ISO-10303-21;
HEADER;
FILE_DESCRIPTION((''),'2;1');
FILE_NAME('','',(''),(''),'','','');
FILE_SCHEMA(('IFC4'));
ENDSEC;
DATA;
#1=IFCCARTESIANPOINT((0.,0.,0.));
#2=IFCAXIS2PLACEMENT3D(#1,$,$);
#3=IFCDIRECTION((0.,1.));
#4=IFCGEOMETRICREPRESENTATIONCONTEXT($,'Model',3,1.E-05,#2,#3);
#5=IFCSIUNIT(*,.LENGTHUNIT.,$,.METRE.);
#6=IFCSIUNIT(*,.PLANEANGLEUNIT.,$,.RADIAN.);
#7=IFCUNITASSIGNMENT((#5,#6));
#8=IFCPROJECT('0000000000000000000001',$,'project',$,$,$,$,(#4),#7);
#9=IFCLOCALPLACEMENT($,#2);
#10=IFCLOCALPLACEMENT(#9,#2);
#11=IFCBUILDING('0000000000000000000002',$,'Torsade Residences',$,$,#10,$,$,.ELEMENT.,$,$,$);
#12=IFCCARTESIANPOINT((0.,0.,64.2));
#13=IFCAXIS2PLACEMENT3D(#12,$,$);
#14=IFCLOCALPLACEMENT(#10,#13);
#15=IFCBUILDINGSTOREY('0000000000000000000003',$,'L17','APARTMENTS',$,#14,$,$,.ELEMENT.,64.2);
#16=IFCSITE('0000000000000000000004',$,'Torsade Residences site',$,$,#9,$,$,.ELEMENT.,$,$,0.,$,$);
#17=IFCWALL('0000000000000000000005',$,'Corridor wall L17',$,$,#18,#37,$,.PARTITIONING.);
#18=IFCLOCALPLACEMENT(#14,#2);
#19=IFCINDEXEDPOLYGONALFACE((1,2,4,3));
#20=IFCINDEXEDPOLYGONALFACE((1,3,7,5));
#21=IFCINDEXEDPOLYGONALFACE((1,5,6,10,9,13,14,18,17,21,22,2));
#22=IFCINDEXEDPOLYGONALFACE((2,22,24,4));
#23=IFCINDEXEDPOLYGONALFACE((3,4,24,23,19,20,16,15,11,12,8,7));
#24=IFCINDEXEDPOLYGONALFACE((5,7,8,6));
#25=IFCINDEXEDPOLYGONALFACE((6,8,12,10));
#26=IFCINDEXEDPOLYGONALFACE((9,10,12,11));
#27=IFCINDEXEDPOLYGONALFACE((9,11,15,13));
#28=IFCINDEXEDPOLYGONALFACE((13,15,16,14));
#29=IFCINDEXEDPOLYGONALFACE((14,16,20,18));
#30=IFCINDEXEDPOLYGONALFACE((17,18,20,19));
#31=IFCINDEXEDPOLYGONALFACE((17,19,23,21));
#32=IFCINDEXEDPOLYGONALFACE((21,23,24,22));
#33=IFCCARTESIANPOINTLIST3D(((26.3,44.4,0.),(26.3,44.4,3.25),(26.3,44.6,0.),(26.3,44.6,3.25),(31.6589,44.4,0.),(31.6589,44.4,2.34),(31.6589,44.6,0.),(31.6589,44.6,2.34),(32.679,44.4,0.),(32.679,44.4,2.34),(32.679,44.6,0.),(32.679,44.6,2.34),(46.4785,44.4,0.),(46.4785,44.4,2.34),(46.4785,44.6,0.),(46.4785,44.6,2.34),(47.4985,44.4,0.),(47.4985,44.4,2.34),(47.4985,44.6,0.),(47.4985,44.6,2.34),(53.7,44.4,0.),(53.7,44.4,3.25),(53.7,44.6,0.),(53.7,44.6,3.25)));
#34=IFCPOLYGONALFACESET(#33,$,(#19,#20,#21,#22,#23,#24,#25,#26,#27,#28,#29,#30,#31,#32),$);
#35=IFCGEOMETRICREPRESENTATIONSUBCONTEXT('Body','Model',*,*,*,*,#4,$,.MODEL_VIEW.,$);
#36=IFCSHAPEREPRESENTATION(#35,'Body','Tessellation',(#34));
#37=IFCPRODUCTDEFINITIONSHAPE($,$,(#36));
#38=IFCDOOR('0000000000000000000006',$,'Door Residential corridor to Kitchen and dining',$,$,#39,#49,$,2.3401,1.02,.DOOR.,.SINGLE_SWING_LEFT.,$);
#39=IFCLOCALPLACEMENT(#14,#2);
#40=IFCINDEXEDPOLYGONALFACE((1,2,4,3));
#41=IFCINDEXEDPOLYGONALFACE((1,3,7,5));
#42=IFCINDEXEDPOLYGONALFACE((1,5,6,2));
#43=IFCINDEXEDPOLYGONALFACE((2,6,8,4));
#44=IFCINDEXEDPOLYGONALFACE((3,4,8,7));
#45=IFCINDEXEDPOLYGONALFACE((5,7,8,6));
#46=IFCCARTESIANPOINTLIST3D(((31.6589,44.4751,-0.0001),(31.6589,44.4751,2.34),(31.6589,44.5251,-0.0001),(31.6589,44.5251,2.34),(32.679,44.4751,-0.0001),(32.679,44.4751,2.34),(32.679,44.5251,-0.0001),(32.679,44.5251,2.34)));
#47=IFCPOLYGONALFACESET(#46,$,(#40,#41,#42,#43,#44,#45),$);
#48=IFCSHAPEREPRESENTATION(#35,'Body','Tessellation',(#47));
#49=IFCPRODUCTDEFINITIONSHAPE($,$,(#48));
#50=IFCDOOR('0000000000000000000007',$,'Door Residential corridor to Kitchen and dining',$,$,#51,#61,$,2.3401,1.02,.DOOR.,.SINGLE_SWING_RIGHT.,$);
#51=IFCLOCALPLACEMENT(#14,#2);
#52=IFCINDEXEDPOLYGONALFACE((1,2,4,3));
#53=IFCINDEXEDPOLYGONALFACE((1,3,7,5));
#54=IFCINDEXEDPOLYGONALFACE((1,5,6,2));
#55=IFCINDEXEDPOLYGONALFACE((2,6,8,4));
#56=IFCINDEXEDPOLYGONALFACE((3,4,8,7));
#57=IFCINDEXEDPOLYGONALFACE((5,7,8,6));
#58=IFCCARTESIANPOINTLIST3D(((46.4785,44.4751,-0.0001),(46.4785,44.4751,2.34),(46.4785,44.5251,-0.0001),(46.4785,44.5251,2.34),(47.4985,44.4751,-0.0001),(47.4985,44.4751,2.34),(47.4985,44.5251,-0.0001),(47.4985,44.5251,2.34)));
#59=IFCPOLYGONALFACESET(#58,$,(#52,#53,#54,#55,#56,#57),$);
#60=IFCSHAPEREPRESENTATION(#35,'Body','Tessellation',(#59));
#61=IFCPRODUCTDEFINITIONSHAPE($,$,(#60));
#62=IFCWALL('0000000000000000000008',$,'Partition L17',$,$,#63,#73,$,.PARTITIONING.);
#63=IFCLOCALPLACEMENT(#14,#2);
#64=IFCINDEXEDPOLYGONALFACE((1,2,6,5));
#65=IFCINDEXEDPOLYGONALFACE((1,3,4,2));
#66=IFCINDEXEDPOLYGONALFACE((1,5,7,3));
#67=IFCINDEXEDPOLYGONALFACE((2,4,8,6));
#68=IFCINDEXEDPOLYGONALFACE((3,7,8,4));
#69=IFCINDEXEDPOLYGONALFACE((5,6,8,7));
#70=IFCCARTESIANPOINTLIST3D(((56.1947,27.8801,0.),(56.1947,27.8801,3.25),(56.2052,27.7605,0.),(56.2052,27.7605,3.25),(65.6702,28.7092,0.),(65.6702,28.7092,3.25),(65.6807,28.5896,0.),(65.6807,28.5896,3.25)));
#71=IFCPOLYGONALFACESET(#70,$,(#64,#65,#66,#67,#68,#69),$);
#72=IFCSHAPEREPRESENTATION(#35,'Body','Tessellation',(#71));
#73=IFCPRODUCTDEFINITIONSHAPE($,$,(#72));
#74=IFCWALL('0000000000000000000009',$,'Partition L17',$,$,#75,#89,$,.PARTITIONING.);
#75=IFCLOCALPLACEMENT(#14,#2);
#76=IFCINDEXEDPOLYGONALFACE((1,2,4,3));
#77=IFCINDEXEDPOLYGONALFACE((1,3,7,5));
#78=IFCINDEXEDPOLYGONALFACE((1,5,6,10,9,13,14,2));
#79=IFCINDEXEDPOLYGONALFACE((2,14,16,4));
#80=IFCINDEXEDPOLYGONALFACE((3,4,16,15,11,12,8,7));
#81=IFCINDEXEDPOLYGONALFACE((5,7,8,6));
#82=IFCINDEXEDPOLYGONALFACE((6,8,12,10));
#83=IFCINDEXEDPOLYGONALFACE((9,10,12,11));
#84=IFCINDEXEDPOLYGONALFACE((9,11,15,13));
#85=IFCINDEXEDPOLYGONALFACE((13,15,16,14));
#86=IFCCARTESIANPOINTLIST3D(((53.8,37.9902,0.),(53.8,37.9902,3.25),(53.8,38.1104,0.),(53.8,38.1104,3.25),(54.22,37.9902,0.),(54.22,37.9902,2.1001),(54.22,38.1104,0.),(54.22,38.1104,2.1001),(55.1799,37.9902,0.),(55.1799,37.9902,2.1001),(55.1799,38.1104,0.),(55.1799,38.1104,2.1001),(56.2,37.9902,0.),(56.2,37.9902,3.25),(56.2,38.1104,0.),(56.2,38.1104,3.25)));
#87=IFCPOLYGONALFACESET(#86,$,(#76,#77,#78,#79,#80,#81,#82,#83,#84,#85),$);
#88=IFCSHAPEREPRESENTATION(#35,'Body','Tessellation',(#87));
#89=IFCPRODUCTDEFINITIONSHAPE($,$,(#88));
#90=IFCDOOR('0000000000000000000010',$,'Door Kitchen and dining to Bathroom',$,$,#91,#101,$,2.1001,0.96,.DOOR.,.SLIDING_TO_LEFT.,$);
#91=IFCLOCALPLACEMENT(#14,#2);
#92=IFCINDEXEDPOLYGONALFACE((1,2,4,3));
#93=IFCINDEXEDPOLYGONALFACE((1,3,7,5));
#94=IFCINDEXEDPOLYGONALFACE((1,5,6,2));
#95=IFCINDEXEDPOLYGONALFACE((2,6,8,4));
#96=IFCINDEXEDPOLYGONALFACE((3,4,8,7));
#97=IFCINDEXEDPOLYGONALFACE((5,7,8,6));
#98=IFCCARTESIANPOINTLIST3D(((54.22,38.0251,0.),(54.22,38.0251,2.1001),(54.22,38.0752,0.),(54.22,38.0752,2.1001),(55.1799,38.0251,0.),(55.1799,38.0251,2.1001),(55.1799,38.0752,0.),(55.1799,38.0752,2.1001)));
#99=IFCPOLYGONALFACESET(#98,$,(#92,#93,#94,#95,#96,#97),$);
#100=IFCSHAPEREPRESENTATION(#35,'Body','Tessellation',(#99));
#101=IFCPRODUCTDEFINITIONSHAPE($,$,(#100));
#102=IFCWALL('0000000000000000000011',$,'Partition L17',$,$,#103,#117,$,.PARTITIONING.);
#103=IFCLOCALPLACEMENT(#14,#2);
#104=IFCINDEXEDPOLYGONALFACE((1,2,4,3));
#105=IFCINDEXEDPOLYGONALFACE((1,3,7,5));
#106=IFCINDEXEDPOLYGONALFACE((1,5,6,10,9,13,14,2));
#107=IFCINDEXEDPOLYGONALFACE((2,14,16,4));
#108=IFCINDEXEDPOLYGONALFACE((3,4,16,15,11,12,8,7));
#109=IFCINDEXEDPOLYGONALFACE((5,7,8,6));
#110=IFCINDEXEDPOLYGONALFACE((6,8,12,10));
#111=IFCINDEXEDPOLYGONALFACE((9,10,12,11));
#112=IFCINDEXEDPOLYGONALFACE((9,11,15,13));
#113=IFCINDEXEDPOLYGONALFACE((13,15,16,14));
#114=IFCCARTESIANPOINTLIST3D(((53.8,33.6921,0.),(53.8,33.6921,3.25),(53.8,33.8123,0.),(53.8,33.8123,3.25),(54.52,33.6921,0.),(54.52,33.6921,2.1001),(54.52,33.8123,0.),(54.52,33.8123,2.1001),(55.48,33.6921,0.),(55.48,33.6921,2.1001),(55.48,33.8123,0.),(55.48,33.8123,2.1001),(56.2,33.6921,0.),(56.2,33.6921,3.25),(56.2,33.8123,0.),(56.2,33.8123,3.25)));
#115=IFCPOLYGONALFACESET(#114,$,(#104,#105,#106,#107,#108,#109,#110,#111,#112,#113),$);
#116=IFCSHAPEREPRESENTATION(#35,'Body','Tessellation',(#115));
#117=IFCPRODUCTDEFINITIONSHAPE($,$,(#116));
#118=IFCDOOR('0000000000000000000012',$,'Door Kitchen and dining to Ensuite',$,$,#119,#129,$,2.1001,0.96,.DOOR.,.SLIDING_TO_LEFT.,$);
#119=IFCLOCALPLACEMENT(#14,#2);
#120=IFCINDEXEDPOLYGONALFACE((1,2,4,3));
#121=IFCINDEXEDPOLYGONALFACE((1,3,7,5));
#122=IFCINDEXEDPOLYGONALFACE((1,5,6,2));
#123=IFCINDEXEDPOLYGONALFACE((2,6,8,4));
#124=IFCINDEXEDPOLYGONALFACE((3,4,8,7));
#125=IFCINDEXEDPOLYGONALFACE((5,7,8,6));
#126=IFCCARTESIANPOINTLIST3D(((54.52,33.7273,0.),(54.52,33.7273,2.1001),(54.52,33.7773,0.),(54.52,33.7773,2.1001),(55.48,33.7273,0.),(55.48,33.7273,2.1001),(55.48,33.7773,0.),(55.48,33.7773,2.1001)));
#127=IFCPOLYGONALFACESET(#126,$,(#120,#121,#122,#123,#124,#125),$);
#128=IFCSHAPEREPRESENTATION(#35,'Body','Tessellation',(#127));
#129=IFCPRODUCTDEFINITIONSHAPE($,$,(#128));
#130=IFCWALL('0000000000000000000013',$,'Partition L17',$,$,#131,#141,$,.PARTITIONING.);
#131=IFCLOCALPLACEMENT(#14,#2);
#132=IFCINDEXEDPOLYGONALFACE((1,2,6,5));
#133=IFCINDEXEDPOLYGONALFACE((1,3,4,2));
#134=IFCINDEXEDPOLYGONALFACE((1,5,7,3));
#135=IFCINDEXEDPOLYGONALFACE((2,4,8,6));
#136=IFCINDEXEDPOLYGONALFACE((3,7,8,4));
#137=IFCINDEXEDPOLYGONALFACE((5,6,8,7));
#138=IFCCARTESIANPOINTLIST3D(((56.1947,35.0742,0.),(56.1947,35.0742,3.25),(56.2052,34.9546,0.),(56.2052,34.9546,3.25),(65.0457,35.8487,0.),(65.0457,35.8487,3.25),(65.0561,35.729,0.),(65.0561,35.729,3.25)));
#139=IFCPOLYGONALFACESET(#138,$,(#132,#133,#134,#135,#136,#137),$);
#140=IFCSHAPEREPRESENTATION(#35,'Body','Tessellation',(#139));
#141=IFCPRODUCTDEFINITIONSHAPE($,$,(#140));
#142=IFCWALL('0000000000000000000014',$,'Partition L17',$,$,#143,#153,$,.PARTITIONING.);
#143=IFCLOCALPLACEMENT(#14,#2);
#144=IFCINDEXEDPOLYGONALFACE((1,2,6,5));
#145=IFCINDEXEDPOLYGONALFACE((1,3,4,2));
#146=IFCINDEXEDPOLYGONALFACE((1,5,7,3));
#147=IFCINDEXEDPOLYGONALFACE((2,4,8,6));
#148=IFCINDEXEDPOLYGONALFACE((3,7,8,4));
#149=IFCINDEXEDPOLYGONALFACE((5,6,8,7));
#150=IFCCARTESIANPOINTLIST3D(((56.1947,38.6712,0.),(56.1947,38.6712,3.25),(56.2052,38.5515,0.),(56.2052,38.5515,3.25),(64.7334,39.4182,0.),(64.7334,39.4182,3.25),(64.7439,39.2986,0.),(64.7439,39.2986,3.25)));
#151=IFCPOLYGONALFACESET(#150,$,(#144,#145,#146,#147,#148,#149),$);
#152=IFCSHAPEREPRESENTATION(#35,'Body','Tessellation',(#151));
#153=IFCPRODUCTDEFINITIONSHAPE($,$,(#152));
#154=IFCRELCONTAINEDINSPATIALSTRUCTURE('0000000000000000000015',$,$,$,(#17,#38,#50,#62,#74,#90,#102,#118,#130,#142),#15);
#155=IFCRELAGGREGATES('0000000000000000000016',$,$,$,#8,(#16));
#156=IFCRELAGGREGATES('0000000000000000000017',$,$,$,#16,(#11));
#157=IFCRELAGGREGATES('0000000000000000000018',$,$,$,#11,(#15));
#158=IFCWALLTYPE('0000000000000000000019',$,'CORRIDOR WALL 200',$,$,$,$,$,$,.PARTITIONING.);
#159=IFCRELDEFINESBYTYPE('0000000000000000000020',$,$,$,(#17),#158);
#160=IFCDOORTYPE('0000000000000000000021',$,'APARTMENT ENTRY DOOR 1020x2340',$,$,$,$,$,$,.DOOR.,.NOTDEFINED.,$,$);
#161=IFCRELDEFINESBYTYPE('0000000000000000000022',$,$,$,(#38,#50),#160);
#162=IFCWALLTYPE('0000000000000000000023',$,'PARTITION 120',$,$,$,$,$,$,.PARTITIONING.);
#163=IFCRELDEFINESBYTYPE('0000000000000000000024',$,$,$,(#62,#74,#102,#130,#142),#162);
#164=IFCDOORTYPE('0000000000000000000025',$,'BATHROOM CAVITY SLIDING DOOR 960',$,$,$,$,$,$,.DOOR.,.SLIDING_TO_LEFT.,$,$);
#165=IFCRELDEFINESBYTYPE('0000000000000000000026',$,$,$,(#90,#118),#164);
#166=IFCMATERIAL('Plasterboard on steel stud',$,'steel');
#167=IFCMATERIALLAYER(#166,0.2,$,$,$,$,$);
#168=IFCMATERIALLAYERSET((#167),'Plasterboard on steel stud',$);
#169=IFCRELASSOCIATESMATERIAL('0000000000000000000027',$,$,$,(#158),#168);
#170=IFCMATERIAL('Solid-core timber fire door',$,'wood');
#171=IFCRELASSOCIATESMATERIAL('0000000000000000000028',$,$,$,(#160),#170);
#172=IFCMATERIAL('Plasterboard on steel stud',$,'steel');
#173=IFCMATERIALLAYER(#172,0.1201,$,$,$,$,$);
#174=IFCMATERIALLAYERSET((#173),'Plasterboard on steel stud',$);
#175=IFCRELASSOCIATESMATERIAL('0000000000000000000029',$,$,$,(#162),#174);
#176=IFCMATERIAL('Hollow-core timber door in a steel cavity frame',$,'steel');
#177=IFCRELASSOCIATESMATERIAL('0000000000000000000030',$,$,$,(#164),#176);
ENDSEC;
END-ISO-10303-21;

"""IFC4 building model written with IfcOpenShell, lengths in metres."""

from ifc_helpers import new_model, si_unit, direction, frame, frame_2d, origin, place, context, subcontext, project, spatial, rectangle, extrude, material, layer, layer_set, type_object, element, fill, save


model = new_model("IFC4")

# Units and contexts
model_context = context("Model", 3, precision=1e-05, world=origin(), true_north=direction((0.0, 1.0)))
body_context = subcontext(model_context, "Body", "Model", "MODEL_VIEW")
ifc_project = project(units=[si_unit("LENGTHUNIT", "METRE"), si_unit("PLANEANGLEUNIT", "RADIAN")], contexts=[model_context])

# Site, building, storey
site_placement = place(None, origin())
site = spatial("IfcSite", under=ifc_project, at=site_placement, Name="Torsade Residences site", CompositionType="ELEMENT", RefElevation=0.0)
building_placement = place(site_placement, origin())
building = spatial("IfcBuilding", under=site, at=building_placement, Name="Torsade Residences", CompositionType="ELEMENT")
storey_placement = place(building_placement, frame((0.0, 0.0, 64.2)))
storey = spatial("IfcBuildingStorey", under=building, at=storey_placement, Name="L17", Description="APARTMENTS", CompositionType="ELEMENT", Elevation=64.2)

# Wall, openings, doors
ifc_material_1 = material(Name="Plasterboard on steel stud", Category="steel")
ifc_layer_1 = layer(ifc_material_1, 0.2)
ifc_layer_set_1 = layer_set([ifc_layer_1], Name="Plasterboard on steel stud")
wall_type_1 = type_object("IfcWallType", Name="CORRIDOR WALL 200", PredefinedType="PARTITIONING", material=ifc_layer_set_1)
wall_1_placement = place(storey_placement, frame((53.7, 44.5, 0.0), z_axis=(0.0, 0.0, 1.0), x_axis=(-1.0, 0.0, 0.0)))
wall_1 = element("IfcWall", 1, at=wall_1_placement, inside=storey, type_object=wall_type_1, Name="Corridor wall L17", PredefinedType="PARTITIONING", context=body_context, shape_type="SweptSolid", body=[
    extrude(rectangle(XDim=27.3999, YDim=0.2, at=frame_2d((13.7, 0.0))), origin(), (0.0, 0.0, 1.0), 3.25),
])
opening_1_placement = place(wall_1_placement, frame((21.021, 0.0, 0.0)))
opening_1 = element("IfcOpeningElement", 2, at=opening_1_placement, cuts=wall_1, PredefinedType="OPENING", context=body_context, shape_type="SweptSolid", body=[
    extrude(rectangle(XDim=1.02, YDim=2.3401, at=frame_2d((0.51, 1.1699))), frame((0.0, 0.1099, 0.0), z_axis=(0.0, -1.0, 0.0), x_axis=(1.0, 0.0, 0.0)), (0.0, 0.0, 1.0), 0.22),
])
opening_2_placement = place(wall_1_placement, frame((6.2014, 0.0, 0.0)))
opening_2 = element("IfcOpeningElement", 3, at=opening_2_placement, cuts=wall_1, PredefinedType="OPENING", context=body_context, shape_type="SweptSolid", body=[
    extrude(rectangle(XDim=1.02, YDim=2.3401, at=frame_2d((0.51, 1.1699))), frame((0.0, 0.1099, 0.0), z_axis=(0.0, -1.0, 0.0), x_axis=(1.0, 0.0, 0.0)), (0.0, 0.0, 1.0), 0.22),
])
ifc_material_2 = material(Name="Solid-core timber fire door", Category="wood")
door_type_1 = type_object("IfcDoorType", Name="APARTMENT ENTRY DOOR 1020x2340", OperationType="NOTDEFINED", PredefinedType="DOOR", material=ifc_material_2)
door_1_placement = place(opening_1_placement, origin())
door_1 = element("IfcDoor", 4, at=door_1_placement, inside=storey, type_object=door_type_1, Name="Door Residential corridor to Kitchen and dining", OperationType="SINGLE_SWING_LEFT", OverallHeight=2.3401, OverallWidth=1.02, PredefinedType="DOOR", context=body_context, shape_type="SweptSolid", body=[
    extrude(rectangle(XDim=1.02, YDim=2.3401, at=frame_2d((0.51, 1.1699))), frame((0.0, 0.0249, 0.0), z_axis=(0.0, -1.0, 0.0), x_axis=(1.0, 0.0, 0.0)), (0.0, 0.0, 1.0), 0.05),
])
fill(opening_1, door_1)
door_2_placement = place(opening_2_placement, origin())
door_2 = element("IfcDoor", 5, at=door_2_placement, inside=storey, type_object=door_type_1, Name="Door Residential corridor to Kitchen and dining", OperationType="SINGLE_SWING_RIGHT", OverallHeight=2.3401, OverallWidth=1.02, PredefinedType="DOOR", context=body_context, shape_type="SweptSolid", body=[
    extrude(rectangle(XDim=1.02, YDim=2.3401, at=frame_2d((0.51, 1.1699))), frame((0.0, 0.0249, 0.0), z_axis=(0.0, -1.0, 0.0), x_axis=(1.0, 0.0, 0.0)), (0.0, 0.0, 1.0), 0.05),
])
fill(opening_2, door_2)

# Wall
ifc_material_3 = material(Name="Plasterboard on steel stud", Category="steel")
ifc_layer_2 = layer(ifc_material_3, 0.1201)
ifc_layer_set_2 = layer_set([ifc_layer_2], Name="Plasterboard on steel stud")
wall_type_2 = type_object("IfcWallType", Name="PARTITION 120", PredefinedType="PARTITIONING", material=ifc_layer_set_2)
wall_2_placement = place(storey_placement, frame((56.2, 27.8203, 0.0), z_axis=(0.0, 0.0, 1.0), x_axis=(0.996194, 0.087166, 0.0)))
element("IfcWall", 6, at=wall_2_placement, inside=storey, type_object=wall_type_2, Name="Partition L17", PredefinedType="PARTITIONING", context=body_context, shape_type="SweptSolid", body=[
    extrude(rectangle(XDim=9.5117, YDim=0.1201, at=frame_2d((4.7559, 0.0))), origin(), (0.0, 0.0, 1.0), 3.25),
])

# Walls, openings, doors
wall_3_placement = place(storey_placement, frame((53.8, 38.0503, 0.0), z_axis=(0.0, 0.0, 1.0), x_axis=(1.0, 0.0, 0.0)))
wall_3 = element("IfcWall", 7, at=wall_3_placement, inside=storey, type_object=wall_type_2, Name="Partition L17", PredefinedType="PARTITIONING", context=body_context, shape_type="SweptSolid", body=[
    extrude(rectangle(XDim=2.3999, YDim=0.1201, at=frame_2d((1.2, 0.0))), origin(), (0.0, 0.0, 1.0), 3.25),
])
opening_3_placement = place(wall_3_placement, frame((0.4199, 0.0, 0.0)))
opening_3 = element("IfcOpeningElement", 8, at=opening_3_placement, cuts=wall_3, PredefinedType="OPENING", context=body_context, shape_type="SweptSolid", body=[
    extrude(rectangle(XDim=0.96, YDim=2.1001, at=frame_2d((0.48, 1.05))), frame((0.0, 0.0701, 0.0), z_axis=(0.0, -1.0, 0.0), x_axis=(1.0, 0.0, 0.0)), (0.0, 0.0, 1.0), 0.1401),
])
ifc_material_4 = material(Name="Hollow-core timber door in a steel cavity frame", Category="steel")
door_type_2 = type_object("IfcDoorType", Name="BATHROOM CAVITY SLIDING DOOR 960", OperationType="SLIDING_TO_LEFT", PredefinedType="DOOR", material=ifc_material_4)
door_3_placement = place(opening_3_placement, origin())
door_3 = element("IfcDoor", 9, at=door_3_placement, inside=storey, type_object=door_type_2, Name="Door Kitchen and dining to Bathroom", OperationType="SLIDING_TO_LEFT", OverallHeight=2.1001, OverallWidth=0.96, PredefinedType="DOOR", context=body_context, shape_type="SweptSolid", body=[
    extrude(rectangle(XDim=0.96, YDim=2.1001, at=frame_2d((0.48, 1.05))), frame((0.0, 0.0249, 0.0), z_axis=(0.0, -1.0, 0.0), x_axis=(1.0, 0.0, 0.0)), (0.0, 0.0, 1.0), 0.05),
])
fill(opening_3, door_3)
wall_4_placement = place(storey_placement, frame((56.2, 33.7522, 0.0), z_axis=(0.0, 0.0, 1.0), x_axis=(-1.0, 0.0, 0.0)))
wall_4 = element("IfcWall", 10, at=wall_4_placement, inside=storey, type_object=wall_type_2, Name="Partition L17", PredefinedType="PARTITIONING", context=body_context, shape_type="SweptSolid", body=[
    extrude(rectangle(XDim=2.3999, YDim=0.1201, at=frame_2d((1.2, 0.0))), origin(), (0.0, 0.0, 1.0), 3.25),
])
opening_4_placement = place(wall_4_placement, frame((0.72, 0.0, 0.0)))
opening_4 = element("IfcOpeningElement", 11, at=opening_4_placement, cuts=wall_4, PredefinedType="OPENING", context=body_context, shape_type="SweptSolid", body=[
    extrude(rectangle(XDim=0.96, YDim=2.1001, at=frame_2d((0.48, 1.05))), frame((0.0, 0.0701, 0.0), z_axis=(0.0, -1.0, 0.0), x_axis=(1.0, 0.0, 0.0)), (0.0, 0.0, 1.0), 0.1401),
])
door_4_placement = place(opening_4_placement, origin())
door_4 = element("IfcDoor", 12, at=door_4_placement, inside=storey, type_object=door_type_2, Name="Door Kitchen and dining to Ensuite", OperationType="SLIDING_TO_LEFT", OverallHeight=2.1001, OverallWidth=0.96, PredefinedType="DOOR", context=body_context, shape_type="SweptSolid", body=[
    extrude(rectangle(XDim=0.96, YDim=2.1001, at=frame_2d((0.48, 1.05))), frame((0.0, 0.0249, 0.0), z_axis=(0.0, -1.0, 0.0), x_axis=(1.0, 0.0, 0.0)), (0.0, 0.0, 1.0), 0.05),
])
fill(opening_4, door_4)

# Walls
wall_5_placement = place(storey_placement, frame((56.2, 35.0144, 0.0), z_axis=(0.0, 0.0, 1.0), x_axis=(0.996194, 0.087163, 0.0)))
element("IfcWall", 13, at=wall_5_placement, inside=storey, type_object=wall_type_2, Name="Partition L17", PredefinedType="PARTITIONING", context=body_context, shape_type="SweptSolid", body=[
    extrude(rectangle(XDim=8.8848, YDim=0.1201, at=frame_2d((4.4424, 0.0))), origin(), (0.0, 0.0, 1.0), 3.25),
])
wall_6_placement = place(storey_placement, frame((56.2, 38.6113, 0.0), z_axis=(0.0, 0.0, 1.0), x_axis=(0.996194, 0.087161, 0.0)))
element("IfcWall", 14, at=wall_6_placement, inside=storey, type_object=wall_type_2, Name="Partition L17", PredefinedType="PARTITIONING", context=body_context, shape_type="SweptSolid", body=[
    extrude(rectangle(XDim=8.5713, YDim=0.1201, at=frame_2d((4.2856, 0.0))), origin(), (0.0, 0.0, 1.0), 3.25),
])

save(model, "model.ifc")
